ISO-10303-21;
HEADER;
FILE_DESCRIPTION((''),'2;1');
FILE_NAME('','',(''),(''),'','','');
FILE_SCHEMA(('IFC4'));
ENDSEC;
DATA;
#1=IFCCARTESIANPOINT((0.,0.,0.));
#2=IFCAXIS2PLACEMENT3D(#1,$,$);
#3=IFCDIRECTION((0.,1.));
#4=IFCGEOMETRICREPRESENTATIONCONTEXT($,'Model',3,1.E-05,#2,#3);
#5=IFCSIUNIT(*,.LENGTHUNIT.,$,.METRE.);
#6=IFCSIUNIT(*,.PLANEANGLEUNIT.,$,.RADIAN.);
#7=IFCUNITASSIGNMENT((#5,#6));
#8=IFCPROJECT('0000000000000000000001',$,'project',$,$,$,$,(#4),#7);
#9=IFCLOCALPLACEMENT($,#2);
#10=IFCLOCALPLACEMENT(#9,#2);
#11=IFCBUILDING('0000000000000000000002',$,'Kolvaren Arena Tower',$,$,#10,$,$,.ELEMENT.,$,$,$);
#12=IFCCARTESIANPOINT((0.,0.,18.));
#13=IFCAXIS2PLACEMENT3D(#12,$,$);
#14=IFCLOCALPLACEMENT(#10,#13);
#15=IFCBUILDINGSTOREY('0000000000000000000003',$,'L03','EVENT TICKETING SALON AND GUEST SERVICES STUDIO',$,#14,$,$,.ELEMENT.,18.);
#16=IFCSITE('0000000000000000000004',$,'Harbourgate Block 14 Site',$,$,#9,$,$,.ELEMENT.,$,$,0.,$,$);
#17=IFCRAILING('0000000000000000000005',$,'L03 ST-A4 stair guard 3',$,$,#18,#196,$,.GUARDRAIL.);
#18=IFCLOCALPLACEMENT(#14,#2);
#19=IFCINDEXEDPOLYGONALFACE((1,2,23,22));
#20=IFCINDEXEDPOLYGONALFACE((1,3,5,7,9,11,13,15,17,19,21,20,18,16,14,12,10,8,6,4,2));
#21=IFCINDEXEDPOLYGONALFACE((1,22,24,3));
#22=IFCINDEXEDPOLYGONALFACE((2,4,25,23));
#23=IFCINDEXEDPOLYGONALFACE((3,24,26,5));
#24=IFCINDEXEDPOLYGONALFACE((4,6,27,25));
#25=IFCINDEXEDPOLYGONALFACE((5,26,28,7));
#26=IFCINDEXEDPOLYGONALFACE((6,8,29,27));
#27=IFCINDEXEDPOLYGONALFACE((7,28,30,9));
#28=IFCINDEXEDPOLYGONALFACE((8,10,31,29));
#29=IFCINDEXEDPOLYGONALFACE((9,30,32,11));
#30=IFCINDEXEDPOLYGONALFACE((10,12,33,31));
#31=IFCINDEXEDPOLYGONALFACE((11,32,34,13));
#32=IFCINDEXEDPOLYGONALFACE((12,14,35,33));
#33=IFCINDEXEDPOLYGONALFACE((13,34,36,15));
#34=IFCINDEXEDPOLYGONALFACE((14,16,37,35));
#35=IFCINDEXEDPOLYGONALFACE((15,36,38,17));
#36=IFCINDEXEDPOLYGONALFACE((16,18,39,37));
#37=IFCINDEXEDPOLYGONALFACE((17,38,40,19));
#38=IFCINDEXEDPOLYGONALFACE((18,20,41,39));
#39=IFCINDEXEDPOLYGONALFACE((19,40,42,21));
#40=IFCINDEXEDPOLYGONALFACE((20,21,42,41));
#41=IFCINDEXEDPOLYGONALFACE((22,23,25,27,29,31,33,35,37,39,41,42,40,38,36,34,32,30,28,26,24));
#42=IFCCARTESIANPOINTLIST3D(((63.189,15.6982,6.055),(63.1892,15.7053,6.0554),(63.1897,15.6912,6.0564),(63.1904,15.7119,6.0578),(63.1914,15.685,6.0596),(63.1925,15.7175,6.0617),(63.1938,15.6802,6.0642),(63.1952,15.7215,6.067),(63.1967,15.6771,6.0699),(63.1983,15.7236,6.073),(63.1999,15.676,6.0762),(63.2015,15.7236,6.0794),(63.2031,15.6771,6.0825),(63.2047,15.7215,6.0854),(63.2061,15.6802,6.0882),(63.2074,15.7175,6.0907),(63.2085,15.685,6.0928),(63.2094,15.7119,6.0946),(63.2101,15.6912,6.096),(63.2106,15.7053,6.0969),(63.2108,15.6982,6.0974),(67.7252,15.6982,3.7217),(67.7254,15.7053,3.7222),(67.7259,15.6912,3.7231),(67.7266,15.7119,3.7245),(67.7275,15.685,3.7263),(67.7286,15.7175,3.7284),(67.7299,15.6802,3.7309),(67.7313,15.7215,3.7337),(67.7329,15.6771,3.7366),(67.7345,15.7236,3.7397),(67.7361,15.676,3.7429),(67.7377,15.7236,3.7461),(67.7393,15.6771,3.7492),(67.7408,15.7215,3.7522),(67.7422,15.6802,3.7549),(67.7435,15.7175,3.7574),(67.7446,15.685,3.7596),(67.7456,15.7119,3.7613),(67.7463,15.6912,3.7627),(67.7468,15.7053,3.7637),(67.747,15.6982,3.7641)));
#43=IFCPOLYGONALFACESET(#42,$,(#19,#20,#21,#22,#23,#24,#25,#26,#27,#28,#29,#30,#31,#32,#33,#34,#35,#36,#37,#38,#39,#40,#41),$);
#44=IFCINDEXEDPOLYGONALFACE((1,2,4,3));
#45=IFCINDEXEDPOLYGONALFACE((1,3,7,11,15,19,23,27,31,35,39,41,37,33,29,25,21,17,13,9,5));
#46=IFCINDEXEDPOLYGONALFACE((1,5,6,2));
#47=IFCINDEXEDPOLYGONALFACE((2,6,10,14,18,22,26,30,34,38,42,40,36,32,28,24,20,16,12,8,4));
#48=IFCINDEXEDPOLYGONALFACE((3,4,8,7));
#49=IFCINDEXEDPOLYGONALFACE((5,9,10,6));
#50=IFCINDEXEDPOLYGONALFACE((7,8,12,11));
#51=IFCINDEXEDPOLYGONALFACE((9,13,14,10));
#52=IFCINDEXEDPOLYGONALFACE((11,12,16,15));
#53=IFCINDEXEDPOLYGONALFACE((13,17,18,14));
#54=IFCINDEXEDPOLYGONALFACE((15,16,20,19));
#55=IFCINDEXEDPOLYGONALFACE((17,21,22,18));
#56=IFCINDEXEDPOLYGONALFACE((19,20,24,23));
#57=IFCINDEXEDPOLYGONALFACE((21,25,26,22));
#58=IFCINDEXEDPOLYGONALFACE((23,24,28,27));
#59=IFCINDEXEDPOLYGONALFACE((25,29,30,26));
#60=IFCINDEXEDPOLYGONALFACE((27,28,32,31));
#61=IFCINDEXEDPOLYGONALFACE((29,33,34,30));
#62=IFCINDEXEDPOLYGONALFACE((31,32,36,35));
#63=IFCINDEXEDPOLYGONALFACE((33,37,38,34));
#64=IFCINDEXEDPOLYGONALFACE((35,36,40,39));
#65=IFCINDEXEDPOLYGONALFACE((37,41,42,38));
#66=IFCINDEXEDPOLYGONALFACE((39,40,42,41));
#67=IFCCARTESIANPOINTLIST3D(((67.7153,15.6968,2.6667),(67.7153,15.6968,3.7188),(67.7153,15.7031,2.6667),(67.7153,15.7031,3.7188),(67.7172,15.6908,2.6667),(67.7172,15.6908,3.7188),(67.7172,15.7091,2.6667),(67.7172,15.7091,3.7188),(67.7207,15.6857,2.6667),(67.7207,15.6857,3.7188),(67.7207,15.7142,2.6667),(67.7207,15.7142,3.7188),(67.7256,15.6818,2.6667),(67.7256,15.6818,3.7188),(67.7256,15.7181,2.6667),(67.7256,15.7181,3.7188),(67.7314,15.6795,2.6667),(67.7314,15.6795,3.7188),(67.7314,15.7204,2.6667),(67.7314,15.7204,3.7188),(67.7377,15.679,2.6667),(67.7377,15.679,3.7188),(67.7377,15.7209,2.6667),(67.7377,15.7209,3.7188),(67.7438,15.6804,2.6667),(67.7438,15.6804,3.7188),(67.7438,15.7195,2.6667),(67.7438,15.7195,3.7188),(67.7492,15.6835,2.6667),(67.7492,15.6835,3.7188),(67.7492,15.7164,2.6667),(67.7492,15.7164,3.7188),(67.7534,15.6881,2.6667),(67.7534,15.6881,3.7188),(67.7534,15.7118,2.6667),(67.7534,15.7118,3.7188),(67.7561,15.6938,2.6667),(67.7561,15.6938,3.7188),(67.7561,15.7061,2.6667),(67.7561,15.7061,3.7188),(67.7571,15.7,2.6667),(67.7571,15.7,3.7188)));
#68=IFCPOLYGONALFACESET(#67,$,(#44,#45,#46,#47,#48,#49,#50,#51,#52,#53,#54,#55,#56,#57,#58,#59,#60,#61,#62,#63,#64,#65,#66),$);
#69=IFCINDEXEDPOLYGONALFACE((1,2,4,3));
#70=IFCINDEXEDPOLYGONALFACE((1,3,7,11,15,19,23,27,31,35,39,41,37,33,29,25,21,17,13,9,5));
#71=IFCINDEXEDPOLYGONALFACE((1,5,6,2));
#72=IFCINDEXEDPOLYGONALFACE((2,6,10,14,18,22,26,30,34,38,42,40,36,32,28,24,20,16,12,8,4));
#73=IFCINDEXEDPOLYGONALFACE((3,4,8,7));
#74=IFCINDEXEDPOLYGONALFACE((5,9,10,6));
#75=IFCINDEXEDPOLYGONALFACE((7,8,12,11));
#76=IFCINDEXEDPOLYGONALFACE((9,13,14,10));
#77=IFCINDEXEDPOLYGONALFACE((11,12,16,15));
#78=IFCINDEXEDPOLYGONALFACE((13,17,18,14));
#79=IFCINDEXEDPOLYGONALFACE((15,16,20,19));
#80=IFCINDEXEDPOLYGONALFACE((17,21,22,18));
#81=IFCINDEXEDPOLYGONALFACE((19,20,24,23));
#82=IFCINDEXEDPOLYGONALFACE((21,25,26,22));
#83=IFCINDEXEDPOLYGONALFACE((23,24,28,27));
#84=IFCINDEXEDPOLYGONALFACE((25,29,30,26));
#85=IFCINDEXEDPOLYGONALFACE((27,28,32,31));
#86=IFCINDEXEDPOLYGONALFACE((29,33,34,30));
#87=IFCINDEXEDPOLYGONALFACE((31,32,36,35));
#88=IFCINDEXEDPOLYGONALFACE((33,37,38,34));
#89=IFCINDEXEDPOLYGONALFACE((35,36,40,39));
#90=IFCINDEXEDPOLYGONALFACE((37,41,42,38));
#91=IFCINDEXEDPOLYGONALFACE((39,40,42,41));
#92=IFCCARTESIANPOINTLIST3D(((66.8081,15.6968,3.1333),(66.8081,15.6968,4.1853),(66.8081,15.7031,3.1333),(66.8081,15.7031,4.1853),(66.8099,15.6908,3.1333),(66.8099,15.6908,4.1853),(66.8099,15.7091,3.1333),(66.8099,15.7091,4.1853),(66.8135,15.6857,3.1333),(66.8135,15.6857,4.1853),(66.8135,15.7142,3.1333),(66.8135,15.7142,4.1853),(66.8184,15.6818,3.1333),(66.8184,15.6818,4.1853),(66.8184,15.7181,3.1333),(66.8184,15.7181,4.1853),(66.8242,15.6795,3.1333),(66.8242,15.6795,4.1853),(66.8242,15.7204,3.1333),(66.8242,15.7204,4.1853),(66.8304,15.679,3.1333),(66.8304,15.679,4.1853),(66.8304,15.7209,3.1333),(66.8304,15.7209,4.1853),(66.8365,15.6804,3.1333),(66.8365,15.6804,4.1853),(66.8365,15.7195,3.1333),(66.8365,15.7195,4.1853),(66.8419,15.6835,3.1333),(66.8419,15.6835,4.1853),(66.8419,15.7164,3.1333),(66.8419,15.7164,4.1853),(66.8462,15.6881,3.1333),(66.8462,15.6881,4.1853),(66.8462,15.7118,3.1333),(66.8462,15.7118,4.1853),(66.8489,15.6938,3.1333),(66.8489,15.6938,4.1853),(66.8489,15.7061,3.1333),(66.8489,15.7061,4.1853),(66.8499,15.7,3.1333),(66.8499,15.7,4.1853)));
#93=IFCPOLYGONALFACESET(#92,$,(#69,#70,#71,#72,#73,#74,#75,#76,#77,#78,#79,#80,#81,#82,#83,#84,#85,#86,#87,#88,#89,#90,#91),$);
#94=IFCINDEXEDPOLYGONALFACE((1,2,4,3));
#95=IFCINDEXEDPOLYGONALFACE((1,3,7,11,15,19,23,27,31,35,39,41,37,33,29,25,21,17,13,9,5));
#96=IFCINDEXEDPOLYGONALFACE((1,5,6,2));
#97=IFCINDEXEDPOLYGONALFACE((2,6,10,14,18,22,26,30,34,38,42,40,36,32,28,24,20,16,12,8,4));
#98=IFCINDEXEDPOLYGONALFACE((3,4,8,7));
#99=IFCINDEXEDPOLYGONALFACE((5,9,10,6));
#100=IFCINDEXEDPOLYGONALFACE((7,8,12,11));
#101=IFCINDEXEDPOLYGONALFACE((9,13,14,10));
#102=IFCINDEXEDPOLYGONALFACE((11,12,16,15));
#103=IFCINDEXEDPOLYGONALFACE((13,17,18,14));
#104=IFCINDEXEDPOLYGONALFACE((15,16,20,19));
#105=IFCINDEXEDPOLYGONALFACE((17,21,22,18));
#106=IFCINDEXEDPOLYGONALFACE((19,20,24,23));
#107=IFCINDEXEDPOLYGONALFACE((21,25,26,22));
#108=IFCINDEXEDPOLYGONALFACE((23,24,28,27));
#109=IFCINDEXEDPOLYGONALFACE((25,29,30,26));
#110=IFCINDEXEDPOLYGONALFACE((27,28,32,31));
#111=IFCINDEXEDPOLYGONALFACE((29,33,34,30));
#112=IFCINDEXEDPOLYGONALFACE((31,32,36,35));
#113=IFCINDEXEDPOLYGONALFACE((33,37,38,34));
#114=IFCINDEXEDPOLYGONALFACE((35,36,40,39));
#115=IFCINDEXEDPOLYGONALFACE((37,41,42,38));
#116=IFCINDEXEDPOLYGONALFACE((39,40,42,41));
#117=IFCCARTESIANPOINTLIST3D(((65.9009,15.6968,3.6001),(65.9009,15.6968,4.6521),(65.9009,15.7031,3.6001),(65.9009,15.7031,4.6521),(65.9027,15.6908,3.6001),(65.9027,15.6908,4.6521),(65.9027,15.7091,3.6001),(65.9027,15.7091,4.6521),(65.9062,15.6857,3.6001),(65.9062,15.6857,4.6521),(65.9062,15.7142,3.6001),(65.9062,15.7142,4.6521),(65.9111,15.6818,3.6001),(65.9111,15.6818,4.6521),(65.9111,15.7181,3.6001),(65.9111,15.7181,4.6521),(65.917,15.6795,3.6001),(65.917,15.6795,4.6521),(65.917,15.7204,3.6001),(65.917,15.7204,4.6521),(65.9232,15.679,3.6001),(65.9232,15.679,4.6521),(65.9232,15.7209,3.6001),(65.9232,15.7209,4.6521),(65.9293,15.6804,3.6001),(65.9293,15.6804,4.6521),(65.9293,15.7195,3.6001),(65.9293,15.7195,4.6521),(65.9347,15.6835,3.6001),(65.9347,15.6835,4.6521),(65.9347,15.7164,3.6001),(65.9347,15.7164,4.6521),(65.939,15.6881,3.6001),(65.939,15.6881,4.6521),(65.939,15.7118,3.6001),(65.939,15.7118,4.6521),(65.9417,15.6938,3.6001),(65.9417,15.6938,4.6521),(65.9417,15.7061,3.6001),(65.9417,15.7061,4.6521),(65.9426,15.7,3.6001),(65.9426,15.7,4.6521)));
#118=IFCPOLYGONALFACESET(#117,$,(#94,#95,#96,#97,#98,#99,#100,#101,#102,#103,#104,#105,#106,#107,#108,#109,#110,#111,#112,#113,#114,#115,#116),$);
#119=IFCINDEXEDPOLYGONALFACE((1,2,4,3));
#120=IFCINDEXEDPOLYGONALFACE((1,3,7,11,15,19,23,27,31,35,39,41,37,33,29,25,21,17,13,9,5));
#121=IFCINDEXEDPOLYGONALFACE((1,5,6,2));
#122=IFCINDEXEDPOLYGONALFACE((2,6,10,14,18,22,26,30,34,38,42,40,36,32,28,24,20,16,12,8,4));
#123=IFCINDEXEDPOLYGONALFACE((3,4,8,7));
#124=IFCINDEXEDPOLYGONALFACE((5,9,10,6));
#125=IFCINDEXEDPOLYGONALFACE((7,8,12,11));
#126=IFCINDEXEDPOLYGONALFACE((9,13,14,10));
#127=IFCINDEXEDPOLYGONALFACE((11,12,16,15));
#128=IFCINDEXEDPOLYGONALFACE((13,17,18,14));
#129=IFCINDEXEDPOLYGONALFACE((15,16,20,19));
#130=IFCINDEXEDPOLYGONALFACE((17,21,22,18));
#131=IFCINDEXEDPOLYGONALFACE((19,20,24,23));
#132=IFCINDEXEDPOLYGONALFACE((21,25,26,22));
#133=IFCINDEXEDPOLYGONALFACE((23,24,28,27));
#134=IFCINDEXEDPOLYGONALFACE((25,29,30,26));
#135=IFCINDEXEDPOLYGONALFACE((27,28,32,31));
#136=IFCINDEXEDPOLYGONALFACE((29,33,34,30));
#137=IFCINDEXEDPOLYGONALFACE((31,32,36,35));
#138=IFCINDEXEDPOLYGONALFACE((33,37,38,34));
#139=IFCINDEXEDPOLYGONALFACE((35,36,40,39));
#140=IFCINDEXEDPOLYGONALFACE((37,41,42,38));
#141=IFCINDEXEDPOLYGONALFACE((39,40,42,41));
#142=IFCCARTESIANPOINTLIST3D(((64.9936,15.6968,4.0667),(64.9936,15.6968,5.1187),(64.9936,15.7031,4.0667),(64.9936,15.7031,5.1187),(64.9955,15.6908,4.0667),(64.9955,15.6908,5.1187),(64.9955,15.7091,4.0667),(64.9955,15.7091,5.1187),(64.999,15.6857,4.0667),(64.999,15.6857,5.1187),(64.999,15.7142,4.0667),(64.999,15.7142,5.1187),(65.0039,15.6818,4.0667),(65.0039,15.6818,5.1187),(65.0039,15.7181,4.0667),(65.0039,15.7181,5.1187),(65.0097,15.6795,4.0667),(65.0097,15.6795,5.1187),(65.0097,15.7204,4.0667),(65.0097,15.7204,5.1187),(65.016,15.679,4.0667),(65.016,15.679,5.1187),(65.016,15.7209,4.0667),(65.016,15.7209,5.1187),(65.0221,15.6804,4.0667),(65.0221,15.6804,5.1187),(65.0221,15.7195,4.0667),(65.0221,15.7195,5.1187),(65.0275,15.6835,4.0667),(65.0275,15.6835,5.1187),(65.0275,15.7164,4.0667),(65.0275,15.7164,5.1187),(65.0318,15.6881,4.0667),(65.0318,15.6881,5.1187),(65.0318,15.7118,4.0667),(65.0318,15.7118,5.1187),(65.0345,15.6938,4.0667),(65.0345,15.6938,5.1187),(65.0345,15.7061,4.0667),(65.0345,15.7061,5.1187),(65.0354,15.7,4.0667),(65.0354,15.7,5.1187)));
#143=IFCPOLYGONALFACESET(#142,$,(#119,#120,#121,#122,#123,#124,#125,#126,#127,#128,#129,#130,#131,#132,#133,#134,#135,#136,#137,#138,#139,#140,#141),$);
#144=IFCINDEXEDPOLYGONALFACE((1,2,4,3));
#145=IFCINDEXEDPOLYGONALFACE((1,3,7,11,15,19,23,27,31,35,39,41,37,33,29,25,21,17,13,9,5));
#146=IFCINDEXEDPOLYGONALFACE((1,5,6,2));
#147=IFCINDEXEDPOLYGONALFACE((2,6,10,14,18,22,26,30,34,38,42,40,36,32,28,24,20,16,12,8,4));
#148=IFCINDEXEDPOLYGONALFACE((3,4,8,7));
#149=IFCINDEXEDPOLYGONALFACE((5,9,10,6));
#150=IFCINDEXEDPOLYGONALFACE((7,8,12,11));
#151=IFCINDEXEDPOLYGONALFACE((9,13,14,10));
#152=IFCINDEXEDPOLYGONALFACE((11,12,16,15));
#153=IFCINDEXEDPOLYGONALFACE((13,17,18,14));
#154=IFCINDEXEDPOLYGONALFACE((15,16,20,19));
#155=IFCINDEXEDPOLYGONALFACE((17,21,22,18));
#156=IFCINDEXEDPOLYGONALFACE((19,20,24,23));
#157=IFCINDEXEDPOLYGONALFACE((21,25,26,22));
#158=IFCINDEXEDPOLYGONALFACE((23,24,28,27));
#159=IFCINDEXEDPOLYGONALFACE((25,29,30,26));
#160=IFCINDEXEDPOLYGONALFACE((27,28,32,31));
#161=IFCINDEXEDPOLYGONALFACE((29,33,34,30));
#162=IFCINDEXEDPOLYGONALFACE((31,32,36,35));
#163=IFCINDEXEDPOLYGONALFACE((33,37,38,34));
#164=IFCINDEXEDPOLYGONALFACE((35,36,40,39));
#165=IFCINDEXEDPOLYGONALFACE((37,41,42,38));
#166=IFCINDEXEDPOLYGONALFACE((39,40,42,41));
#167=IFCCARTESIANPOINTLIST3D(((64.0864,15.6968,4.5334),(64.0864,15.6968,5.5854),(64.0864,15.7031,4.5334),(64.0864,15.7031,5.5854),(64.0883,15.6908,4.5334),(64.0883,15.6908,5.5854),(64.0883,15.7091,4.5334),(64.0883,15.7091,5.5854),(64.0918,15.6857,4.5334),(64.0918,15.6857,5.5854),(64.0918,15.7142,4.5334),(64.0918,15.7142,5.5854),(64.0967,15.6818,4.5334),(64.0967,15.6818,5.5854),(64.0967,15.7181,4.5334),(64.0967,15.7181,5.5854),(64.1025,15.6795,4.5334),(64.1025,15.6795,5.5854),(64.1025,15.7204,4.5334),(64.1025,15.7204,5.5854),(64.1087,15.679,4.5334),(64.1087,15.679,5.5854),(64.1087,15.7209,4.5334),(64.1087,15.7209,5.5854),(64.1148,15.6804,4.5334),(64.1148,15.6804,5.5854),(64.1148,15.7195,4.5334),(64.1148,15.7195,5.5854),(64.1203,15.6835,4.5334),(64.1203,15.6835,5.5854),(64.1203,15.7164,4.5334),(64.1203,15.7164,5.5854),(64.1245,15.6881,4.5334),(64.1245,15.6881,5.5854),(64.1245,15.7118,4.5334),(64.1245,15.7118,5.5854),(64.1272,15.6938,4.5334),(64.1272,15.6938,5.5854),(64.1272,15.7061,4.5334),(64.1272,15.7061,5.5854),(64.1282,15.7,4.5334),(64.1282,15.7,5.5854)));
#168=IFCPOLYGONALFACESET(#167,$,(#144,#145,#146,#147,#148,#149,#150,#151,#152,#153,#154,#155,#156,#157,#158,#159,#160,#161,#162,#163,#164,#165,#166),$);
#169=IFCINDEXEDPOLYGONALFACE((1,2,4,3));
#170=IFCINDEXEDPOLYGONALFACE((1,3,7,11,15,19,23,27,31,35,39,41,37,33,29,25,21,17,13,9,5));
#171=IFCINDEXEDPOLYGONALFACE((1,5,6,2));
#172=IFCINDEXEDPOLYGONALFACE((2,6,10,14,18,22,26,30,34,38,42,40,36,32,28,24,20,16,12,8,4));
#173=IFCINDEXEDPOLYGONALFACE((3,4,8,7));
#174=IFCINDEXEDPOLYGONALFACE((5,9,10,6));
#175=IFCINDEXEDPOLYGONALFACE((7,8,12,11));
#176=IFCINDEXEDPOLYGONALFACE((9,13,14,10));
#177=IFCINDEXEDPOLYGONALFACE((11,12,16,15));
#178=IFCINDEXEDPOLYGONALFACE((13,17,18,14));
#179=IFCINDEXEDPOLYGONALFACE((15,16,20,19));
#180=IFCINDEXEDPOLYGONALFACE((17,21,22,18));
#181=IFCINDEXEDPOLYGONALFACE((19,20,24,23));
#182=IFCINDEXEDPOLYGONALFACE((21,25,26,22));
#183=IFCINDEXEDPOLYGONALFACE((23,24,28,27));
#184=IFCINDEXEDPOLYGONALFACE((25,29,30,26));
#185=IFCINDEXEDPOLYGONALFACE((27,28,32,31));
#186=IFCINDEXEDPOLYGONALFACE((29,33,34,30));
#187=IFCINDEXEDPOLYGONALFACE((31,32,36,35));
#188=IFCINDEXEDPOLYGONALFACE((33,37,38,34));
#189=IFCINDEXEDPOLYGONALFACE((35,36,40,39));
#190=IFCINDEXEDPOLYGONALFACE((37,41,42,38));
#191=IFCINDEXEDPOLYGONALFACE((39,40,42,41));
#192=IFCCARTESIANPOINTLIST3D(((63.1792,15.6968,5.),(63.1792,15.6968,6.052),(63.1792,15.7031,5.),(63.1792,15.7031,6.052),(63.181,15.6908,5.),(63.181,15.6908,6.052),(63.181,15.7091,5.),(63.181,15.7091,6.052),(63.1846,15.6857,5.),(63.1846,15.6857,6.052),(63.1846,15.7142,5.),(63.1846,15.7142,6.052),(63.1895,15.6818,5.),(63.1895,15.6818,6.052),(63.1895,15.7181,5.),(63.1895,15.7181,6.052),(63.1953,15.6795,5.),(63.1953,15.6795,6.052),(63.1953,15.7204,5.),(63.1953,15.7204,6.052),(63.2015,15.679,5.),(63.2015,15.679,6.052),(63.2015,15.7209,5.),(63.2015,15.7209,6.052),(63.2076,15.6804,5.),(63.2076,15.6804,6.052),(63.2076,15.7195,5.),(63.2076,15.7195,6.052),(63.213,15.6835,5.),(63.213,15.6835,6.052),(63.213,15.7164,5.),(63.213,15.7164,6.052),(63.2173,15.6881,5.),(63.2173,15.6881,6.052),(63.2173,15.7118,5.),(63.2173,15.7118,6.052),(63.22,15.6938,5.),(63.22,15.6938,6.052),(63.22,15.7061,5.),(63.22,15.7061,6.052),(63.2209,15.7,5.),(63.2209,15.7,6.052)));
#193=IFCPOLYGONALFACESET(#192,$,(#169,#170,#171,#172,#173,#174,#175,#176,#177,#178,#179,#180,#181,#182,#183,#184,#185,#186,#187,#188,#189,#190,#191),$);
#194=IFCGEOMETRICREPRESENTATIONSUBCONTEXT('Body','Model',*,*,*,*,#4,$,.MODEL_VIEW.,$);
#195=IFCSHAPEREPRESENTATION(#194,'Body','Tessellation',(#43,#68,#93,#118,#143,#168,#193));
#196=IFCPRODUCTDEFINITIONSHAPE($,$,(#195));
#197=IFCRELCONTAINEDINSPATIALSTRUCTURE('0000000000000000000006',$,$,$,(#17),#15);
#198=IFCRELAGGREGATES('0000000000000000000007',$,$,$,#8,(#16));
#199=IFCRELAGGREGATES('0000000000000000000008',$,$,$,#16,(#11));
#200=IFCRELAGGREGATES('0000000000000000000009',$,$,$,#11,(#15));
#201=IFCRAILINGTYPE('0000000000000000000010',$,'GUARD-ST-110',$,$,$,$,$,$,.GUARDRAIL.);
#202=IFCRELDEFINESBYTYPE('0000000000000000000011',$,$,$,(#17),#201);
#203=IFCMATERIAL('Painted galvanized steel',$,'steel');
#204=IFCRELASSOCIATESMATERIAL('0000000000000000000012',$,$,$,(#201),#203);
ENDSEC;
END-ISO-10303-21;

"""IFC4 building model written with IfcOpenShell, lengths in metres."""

from ifc_helpers import new_model, si_unit, direction, frame, origin, origin_2d, place, context, subcontext, project, spatial, circle, extrude, material, type_object, element, save


model = new_model("IFC4")

# Units and contexts
model_context = context("Model", 3, precision=1e-05, world=origin(), true_north=direction((0.0, 1.0)))
body_context = subcontext(model_context, "Body", "Model", "MODEL_VIEW")
ifc_project = project(units=[si_unit("LENGTHUNIT", "METRE"), si_unit("PLANEANGLEUNIT", "RADIAN")], contexts=[model_context])

# Site, building, storey
site_placement = place(None, origin())
site = spatial("IfcSite", under=ifc_project, at=site_placement, Name="Harbourgate Block 14 Site", CompositionType="ELEMENT", RefElevation=0.0)
building_placement = place(site_placement, origin())
building = spatial("IfcBuilding", under=site, at=building_placement, Name="Kolvaren Arena Tower", CompositionType="ELEMENT")
storey_placement = place(building_placement, frame((0.0, 0.0, 18.0)))
storey = spatial("IfcBuildingStorey", under=building, at=storey_placement, Name="L03", Description="EVENT TICKETING SALON AND GUEST SERVICES STUDIO", CompositionType="ELEMENT", Elevation=18.0)

# Railing
ifc_material_1 = material(Name="Painted galvanized steel", Category="steel")
railing_type_1 = type_object("IfcRailingType", Name="GUARD-ST-110", PredefinedType="GUARDRAIL", material=ifc_material_1)
railing_1_placement = place(storey_placement, frame((67.7361, 15.7, 2.6667)))
element("IfcRailing", 1, at=railing_1_placement, inside=storey, type_object=railing_type_1, Name="L03 ST-A4 stair guard 3", PredefinedType="GUARDRAIL", context=body_context, shape_type="SweptSolid", body=[
    extrude(circle(Radius=0.0239, at=origin_2d()), frame((0.0, 0.0, 1.0762), z_axis=(-0.889257, 0.0, 0.457407), x_axis=(0.0, -1.0, 0.0)), (0.0, 0.0, 1.0), 5.1011),
    extrude(circle(Radius=0.021, at=origin_2d()), origin(), (0.0, 0.0, 1.0), 1.052),
    extrude(circle(Radius=0.021, at=origin_2d()), frame((-0.9072, 0.0, 0.4666)), (0.0, 0.0, 1.0), 1.052),
    extrude(circle(Radius=0.021, at=origin_2d()), frame((-1.8145, 0.0, 0.9333)), (0.0, 0.0, 1.0), 1.052),
    extrude(circle(Radius=0.021, at=origin_2d()), frame((-2.7217, 0.0, 1.3999)), (0.0, 0.0, 1.0), 1.052),
    extrude(circle(Radius=0.021, at=origin_2d()), frame((-3.6289, 0.0, 1.8667)), (0.0, 0.0, 1.0), 1.052),
    extrude(circle(Radius=0.021, at=origin_2d()), frame((-4.5361, 0.0, 2.3333)), (0.0, 0.0, 1.0), 1.052),
])

save(model, "model.ifc")
